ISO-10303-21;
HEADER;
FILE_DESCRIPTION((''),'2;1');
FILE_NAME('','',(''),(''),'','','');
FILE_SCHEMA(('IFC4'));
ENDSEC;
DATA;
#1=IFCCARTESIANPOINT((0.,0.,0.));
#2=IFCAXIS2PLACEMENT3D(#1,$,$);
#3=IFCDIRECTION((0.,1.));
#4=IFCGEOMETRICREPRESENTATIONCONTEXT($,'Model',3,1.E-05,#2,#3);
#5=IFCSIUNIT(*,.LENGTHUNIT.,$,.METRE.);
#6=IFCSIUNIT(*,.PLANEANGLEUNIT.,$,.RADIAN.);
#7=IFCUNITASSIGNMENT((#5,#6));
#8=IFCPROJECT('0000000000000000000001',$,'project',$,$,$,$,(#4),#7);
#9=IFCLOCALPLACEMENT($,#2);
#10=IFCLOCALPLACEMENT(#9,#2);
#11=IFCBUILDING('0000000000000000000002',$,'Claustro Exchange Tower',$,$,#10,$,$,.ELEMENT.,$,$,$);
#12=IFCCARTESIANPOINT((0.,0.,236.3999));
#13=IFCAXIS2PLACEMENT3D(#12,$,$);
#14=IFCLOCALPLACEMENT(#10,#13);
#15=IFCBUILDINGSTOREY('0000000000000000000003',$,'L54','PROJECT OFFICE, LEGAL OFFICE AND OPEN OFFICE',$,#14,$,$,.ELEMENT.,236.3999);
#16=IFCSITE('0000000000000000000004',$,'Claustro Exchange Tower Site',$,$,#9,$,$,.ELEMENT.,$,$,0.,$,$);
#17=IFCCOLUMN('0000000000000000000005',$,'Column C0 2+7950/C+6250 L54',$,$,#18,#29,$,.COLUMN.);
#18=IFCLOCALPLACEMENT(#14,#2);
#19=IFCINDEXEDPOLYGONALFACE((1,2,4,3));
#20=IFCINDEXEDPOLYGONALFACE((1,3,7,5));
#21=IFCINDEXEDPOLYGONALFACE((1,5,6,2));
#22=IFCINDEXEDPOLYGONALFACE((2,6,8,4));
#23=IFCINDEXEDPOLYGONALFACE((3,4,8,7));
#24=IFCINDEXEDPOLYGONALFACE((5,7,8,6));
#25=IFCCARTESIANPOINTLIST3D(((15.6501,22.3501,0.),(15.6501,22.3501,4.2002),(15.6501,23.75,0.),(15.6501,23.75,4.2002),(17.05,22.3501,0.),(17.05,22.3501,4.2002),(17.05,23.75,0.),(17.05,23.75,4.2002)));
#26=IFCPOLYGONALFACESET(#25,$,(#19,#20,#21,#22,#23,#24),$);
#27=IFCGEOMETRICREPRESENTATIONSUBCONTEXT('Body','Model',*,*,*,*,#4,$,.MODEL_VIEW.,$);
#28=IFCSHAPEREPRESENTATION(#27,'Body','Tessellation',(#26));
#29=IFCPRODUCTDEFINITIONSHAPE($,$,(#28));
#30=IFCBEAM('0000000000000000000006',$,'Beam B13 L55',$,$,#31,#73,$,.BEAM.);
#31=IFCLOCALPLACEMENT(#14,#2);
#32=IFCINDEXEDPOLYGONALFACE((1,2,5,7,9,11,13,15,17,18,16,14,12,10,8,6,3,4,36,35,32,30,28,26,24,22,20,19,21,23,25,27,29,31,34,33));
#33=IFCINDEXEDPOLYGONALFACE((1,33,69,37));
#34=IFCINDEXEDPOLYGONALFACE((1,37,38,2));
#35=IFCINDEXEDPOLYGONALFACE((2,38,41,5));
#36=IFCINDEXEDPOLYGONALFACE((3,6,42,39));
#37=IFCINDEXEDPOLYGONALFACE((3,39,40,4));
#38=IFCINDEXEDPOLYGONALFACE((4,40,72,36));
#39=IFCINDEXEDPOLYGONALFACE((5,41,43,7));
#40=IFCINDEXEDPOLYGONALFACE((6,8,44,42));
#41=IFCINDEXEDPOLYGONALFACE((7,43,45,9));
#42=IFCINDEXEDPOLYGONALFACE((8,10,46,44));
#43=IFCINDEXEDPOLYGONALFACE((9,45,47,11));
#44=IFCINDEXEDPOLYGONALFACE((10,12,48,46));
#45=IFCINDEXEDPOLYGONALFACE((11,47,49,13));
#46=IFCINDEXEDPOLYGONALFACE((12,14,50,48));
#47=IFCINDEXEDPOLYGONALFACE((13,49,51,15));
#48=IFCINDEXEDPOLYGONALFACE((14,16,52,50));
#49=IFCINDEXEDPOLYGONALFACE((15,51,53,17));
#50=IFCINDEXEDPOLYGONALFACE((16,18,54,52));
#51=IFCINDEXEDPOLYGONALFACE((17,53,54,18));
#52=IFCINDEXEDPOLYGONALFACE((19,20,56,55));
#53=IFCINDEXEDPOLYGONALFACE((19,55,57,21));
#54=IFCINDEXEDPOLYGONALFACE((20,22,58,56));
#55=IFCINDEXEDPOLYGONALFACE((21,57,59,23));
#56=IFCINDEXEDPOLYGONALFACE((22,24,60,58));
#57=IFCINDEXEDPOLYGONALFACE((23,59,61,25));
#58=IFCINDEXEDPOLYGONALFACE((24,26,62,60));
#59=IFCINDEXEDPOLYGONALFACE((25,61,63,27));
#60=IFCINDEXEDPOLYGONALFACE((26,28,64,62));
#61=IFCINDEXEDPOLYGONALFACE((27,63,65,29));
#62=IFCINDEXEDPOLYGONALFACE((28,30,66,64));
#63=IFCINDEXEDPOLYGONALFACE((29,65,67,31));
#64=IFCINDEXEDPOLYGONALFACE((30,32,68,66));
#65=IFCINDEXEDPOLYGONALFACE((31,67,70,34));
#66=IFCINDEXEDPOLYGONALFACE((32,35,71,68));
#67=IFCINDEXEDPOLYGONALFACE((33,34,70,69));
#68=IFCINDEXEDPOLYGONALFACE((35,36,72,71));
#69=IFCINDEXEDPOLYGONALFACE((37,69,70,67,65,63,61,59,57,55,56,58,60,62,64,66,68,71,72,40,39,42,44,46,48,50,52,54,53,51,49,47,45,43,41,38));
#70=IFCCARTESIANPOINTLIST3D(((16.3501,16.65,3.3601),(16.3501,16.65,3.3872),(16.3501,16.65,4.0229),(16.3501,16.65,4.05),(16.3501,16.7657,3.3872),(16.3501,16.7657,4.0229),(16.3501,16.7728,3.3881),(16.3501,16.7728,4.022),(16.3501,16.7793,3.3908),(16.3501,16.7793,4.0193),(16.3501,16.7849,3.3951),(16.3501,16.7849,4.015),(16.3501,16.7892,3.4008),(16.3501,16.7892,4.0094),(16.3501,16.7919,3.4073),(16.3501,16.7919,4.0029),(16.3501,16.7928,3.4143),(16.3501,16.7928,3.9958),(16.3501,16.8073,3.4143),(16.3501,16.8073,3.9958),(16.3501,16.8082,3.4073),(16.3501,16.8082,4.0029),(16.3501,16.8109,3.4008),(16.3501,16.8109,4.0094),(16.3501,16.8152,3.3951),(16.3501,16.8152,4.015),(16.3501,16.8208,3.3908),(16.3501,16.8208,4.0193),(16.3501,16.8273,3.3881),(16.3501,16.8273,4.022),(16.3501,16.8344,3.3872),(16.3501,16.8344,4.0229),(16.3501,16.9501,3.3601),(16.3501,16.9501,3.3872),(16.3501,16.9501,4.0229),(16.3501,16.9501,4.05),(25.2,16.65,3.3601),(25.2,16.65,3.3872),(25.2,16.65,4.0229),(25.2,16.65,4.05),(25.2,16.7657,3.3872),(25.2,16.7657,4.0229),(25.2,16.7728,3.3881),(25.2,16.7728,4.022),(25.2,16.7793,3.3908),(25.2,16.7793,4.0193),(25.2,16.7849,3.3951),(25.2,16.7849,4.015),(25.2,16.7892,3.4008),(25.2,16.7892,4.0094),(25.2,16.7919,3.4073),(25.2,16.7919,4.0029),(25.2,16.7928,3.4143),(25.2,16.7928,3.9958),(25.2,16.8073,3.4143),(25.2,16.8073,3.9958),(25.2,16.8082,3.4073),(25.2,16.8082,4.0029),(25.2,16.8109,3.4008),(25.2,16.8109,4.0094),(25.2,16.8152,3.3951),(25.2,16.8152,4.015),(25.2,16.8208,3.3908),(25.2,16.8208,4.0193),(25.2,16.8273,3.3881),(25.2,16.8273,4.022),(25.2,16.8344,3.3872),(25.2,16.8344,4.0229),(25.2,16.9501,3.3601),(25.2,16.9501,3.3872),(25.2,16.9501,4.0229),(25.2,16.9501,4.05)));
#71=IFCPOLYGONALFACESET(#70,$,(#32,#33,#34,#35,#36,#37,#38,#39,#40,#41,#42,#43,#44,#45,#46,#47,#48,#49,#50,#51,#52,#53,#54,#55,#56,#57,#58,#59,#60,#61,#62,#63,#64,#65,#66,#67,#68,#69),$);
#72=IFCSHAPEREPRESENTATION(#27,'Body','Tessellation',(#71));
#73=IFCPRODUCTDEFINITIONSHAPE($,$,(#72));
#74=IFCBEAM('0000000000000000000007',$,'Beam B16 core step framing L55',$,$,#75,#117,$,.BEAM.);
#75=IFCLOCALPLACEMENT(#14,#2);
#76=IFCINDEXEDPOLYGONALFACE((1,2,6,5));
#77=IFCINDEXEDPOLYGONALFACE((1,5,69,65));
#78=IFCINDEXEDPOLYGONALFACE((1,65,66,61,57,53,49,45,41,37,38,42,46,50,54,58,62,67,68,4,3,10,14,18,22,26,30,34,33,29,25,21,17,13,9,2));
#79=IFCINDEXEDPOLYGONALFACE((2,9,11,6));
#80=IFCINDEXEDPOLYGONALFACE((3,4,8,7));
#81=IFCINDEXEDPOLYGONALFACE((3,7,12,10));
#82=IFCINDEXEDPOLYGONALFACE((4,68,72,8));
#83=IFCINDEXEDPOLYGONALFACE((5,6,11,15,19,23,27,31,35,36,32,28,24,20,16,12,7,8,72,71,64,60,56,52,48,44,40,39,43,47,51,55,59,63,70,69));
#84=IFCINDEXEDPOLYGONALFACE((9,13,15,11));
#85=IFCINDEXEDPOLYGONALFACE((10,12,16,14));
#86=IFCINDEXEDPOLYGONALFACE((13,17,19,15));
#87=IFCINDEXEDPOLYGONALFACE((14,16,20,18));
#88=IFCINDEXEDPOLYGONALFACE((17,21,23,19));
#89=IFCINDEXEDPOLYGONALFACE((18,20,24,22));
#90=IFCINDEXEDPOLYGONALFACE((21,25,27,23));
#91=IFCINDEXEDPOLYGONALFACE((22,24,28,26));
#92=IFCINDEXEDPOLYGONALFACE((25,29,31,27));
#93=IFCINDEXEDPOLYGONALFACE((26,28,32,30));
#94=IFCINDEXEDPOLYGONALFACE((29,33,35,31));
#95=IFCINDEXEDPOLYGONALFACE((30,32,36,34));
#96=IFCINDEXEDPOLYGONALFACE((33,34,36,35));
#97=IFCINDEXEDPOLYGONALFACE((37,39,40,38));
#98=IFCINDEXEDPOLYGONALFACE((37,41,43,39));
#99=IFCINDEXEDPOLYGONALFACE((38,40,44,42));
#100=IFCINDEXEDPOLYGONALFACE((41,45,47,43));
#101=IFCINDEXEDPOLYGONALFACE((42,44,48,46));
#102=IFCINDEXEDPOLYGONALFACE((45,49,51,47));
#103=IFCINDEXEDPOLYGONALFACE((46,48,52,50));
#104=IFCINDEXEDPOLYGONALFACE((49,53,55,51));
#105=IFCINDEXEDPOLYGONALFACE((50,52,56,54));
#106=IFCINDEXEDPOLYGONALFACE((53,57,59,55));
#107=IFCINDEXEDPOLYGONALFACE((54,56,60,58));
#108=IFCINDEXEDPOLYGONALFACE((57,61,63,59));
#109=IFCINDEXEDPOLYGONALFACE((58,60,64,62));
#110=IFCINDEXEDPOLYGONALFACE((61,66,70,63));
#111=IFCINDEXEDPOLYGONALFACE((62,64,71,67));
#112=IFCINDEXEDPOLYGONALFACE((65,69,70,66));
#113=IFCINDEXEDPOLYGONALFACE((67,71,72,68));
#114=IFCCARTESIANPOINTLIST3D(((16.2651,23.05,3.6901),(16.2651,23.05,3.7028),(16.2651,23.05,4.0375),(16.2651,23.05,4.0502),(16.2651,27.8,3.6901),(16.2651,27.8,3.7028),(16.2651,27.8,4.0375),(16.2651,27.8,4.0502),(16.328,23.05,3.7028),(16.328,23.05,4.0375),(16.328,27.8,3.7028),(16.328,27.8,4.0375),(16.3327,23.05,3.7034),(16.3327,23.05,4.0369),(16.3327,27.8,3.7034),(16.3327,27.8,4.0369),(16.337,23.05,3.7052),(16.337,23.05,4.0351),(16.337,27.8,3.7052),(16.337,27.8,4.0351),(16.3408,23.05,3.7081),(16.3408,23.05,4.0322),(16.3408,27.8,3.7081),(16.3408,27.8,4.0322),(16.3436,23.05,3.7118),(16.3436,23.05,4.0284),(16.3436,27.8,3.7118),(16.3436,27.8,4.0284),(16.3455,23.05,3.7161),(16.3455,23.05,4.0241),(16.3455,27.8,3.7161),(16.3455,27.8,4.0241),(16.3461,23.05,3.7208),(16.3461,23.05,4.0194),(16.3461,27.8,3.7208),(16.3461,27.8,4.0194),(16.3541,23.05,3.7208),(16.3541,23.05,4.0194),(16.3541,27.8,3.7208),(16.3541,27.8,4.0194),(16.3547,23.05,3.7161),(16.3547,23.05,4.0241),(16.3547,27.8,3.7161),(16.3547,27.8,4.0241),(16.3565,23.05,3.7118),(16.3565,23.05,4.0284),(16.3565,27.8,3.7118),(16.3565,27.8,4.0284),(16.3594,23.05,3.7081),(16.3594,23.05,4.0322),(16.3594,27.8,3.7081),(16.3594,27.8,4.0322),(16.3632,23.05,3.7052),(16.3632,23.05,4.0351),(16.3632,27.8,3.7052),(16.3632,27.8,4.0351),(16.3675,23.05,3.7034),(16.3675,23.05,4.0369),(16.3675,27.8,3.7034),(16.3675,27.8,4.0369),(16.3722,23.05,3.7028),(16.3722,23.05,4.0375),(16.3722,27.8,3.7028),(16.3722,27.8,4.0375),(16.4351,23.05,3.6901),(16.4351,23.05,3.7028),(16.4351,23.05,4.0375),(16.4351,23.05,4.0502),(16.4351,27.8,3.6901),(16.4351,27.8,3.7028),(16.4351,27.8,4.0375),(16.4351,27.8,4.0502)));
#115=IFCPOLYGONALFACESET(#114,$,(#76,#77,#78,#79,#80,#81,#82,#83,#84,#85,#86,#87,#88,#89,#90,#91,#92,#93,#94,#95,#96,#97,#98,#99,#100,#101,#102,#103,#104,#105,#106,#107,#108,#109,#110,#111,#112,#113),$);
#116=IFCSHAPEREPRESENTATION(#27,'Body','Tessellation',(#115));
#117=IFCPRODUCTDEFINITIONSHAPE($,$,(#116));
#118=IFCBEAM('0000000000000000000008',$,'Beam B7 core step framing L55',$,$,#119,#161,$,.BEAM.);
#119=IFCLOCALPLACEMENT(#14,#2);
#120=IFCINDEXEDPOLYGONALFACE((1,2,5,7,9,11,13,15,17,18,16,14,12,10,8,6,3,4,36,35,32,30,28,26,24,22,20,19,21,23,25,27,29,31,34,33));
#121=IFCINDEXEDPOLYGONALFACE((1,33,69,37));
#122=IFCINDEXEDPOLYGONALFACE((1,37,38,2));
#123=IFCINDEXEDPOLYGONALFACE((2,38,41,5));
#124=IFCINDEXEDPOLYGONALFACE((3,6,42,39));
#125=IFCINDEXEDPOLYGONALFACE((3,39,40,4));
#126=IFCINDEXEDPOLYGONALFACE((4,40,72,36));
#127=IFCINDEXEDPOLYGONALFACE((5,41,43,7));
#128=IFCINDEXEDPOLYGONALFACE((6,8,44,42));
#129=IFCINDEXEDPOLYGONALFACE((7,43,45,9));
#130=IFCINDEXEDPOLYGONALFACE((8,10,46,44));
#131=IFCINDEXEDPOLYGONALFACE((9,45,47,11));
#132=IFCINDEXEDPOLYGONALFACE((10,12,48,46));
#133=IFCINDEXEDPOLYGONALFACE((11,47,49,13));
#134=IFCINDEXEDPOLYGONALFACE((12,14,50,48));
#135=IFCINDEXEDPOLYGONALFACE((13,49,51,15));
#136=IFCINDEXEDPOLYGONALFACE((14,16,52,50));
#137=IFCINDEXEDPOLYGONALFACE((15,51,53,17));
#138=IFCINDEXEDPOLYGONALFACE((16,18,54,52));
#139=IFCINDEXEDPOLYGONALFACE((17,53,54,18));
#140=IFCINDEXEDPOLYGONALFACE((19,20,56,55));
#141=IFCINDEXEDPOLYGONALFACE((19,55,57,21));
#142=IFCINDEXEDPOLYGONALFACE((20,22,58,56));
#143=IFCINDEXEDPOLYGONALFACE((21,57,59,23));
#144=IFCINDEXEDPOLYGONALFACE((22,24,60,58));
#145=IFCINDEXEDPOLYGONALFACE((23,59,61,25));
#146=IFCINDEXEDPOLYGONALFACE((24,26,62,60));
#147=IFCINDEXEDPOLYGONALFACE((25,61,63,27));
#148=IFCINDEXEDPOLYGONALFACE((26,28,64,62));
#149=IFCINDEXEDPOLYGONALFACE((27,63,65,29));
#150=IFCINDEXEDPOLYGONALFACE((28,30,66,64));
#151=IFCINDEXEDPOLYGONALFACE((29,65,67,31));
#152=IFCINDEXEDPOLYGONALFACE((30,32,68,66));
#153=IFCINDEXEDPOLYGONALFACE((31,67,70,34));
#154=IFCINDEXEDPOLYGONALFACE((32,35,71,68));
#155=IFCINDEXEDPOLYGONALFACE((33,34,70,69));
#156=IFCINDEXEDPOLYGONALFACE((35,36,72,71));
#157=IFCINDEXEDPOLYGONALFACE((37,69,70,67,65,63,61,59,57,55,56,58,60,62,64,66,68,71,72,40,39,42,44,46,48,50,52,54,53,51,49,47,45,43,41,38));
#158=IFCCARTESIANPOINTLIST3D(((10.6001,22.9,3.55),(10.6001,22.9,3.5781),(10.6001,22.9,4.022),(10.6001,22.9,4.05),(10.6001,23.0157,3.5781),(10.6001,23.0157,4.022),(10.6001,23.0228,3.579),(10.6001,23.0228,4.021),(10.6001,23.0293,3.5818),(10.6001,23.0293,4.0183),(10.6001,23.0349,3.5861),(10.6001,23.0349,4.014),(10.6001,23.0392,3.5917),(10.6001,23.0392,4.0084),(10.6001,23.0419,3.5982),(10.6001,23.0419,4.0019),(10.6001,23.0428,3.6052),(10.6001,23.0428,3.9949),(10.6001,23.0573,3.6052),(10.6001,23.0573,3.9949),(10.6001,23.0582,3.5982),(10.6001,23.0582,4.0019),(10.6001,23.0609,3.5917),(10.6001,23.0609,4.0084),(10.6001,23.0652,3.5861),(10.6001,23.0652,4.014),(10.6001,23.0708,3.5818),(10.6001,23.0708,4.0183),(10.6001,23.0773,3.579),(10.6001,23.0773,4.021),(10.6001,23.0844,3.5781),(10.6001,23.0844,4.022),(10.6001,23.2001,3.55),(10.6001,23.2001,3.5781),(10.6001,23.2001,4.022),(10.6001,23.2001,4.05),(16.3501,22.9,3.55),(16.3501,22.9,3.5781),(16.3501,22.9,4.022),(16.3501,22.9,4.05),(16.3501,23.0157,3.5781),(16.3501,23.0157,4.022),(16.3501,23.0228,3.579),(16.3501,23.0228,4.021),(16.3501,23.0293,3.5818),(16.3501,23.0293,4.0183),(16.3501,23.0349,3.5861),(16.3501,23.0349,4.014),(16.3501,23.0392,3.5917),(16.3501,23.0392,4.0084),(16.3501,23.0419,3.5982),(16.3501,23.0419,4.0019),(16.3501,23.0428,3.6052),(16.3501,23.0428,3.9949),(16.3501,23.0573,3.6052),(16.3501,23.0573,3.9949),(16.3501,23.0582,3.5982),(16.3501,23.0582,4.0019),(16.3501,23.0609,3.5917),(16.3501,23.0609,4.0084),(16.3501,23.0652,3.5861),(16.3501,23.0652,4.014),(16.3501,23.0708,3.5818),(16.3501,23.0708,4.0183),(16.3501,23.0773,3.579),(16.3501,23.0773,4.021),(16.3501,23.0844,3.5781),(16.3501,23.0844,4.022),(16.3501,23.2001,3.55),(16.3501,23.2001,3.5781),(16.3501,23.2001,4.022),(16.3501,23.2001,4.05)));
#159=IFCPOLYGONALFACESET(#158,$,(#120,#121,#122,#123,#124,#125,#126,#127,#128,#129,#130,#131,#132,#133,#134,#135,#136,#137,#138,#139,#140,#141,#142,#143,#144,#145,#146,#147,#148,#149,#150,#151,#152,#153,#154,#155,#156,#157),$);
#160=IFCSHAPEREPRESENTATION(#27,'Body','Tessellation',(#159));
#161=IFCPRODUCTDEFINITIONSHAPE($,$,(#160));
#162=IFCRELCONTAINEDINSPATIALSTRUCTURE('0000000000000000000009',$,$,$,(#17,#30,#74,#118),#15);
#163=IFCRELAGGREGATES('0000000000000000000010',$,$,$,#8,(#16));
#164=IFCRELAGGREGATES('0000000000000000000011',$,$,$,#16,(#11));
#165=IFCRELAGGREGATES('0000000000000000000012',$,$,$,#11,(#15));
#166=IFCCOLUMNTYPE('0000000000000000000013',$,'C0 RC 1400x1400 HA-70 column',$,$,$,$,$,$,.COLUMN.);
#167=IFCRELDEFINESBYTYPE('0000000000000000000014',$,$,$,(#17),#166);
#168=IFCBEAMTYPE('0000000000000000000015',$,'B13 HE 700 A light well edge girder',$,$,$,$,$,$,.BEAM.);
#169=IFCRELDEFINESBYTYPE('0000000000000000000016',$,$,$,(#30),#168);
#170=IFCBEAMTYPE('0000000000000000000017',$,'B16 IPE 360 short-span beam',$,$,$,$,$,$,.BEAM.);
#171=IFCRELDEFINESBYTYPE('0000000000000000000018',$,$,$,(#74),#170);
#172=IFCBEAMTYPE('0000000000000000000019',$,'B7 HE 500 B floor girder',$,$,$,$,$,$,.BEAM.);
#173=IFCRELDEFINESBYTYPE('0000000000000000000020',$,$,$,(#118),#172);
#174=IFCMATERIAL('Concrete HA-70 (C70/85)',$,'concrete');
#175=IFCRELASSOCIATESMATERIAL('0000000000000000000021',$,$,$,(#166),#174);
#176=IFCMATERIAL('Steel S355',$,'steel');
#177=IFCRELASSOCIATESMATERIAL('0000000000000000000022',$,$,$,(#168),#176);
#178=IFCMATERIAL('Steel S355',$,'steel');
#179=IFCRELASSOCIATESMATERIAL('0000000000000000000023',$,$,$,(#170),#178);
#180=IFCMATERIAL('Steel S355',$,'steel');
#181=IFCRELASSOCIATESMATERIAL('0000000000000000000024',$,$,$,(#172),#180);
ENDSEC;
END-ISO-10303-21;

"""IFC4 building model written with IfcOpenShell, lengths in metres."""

from ifc_helpers import new_model, si_unit, direction, frame, origin, origin_2d, place, context, subcontext, project, spatial, rectangle, i_section, extrude, material, material_profile, profile_set, type_object, element, save


model = new_model("IFC4")

# Units and contexts
model_context = context("Model", 3, precision=1e-05, world=origin(), true_north=direction((0.0, 1.0)))
body_context = subcontext(model_context, "Body", "Model", "MODEL_VIEW")
ifc_project = project(units=[si_unit("LENGTHUNIT", "METRE"), si_unit("PLANEANGLEUNIT", "RADIAN")], contexts=[model_context])

# Site, building, storey
site_placement = place(None, origin())
site = spatial("IfcSite", under=ifc_project, at=site_placement, Name="Claustro Exchange Tower Site", CompositionType="ELEMENT", RefElevation=0.0)
building_placement = place(site_placement, origin())
building = spatial("IfcBuilding", under=site, at=building_placement, Name="Claustro Exchange Tower", CompositionType="ELEMENT")
storey_placement = place(building_placement, frame((0.0, 0.0, 236.3999)))
storey = spatial("IfcBuildingStorey", under=building, at=storey_placement, Name="L54", Description="PROJECT OFFICE, LEGAL OFFICE AND OPEN OFFICE", CompositionType="ELEMENT", Elevation=236.3999)

# Column
ifc_material_1 = material(Name="Concrete HA-70 (C70/85)", Category="concrete")
ifc_material_profile_1 = material_profile(ifc_material_1, rectangle(XDim=1.3999, YDim=1.3999, at=origin_2d()), Name="RC 1400x1400")
ifc_profile_set_1 = profile_set([ifc_material_profile_1], Name="Concrete HA-70 (C70/85)")
column_type = type_object("IfcColumnType", Name="C0 RC 1400x1400 HA-70 column", PredefinedType="COLUMN", material=ifc_profile_set_1)
column_placement = place(storey_placement, frame((16.3501, 23.05, 0.0), z_axis=(0.0, 0.0, 1.0), x_axis=(1.0, 0.0, 0.0)))
element("IfcColumn", 1, at=column_placement, inside=storey, type_object=column_type, Name="Column C0 2+7950/C+6250 L54", PredefinedType="COLUMN", context=body_context, shape_type="SweptSolid", body=[
    extrude(rectangle(XDim=1.3999, YDim=1.3999, at=origin_2d()), origin(), (0.0, 0.0, 1.0), 4.2002),
])

# Beams
ifc_material_2 = material(Name="Steel S355", Category="steel")
ifc_material_profile_2 = material_profile(ifc_material_2, i_section(OverallWidth=0.3, OverallDepth=0.6899, WebThickness=0.0144, FlangeThickness=0.0271, FilletRadius=0.0271, at=origin_2d()), Name="HE 700 A")
ifc_profile_set_2 = profile_set([ifc_material_profile_2], Name="Steel S355")
beam_type_1 = type_object("IfcBeamType", Name="B13 HE 700 A light well edge girder", PredefinedType="BEAM", material=ifc_profile_set_2)
beam_1_placement = place(storey_placement, frame((16.3501, 16.8, 3.7051), z_axis=(1.0, 0.0, 0.0), x_axis=(0.0, 1.0, 0.0)))
element("IfcBeam", 2, at=beam_1_placement, inside=storey, type_object=beam_type_1, Name="Beam B13 L55", PredefinedType="BEAM", context=body_context, shape_type="SweptSolid", body=[
    extrude(i_section(OverallWidth=0.3, OverallDepth=0.6899, WebThickness=0.0144, FlangeThickness=0.0271, FilletRadius=0.0271, at=origin_2d()), origin(), (0.0, 0.0, 1.0), 8.8499),
])
ifc_material_3 = material(Name="Steel S355", Category="steel")
ifc_material_profile_3 = material_profile(ifc_material_3, i_section(OverallWidth=0.1699, OverallDepth=0.3601, WebThickness=0.0081, FlangeThickness=0.0127, FilletRadius=0.0181, at=origin_2d()), Name="IPE 360")
ifc_profile_set_3 = profile_set([ifc_material_profile_3], Name="Steel S355")
beam_type_2 = type_object("IfcBeamType", Name="B16 IPE 360 short-span beam", PredefinedType="BEAM", material=ifc_profile_set_3)
beam_2_placement = place(storey_placement, frame((16.3501, 23.05, 3.8701), z_axis=(0.0, 1.0, 0.0), x_axis=(-1.0, 0.0, 0.0)))
element("IfcBeam", 3, at=beam_2_placement, inside=storey, type_object=beam_type_2, Name="Beam B16 core step framing L55", PredefinedType="BEAM", context=body_context, shape_type="SweptSolid", body=[
    extrude(i_section(OverallWidth=0.1699, OverallDepth=0.3601, WebThickness=0.0081, FlangeThickness=0.0127, FilletRadius=0.0181, at=origin_2d()), origin(), (0.0, 0.0, 1.0), 4.75),
])
ifc_material_4 = material(Name="Steel S355", Category="steel")
ifc_material_profile_4 = material_profile(ifc_material_4, i_section(OverallWidth=0.3, OverallDepth=0.5, WebThickness=0.0144, FlangeThickness=0.0281, FilletRadius=0.0271, at=origin_2d()), Name="HE 500 B")
ifc_profile_set_4 = profile_set([ifc_material_profile_4], Name="Steel S355")
beam_type_3 = type_object("IfcBeamType", Name="B7 HE 500 B floor girder", PredefinedType="BEAM", material=ifc_profile_set_4)
beam_3_placement = place(storey_placement, frame((10.6001, 23.05, 3.8), z_axis=(1.0, 0.0, 0.0), x_axis=(0.0, 1.0, 0.0)))
element("IfcBeam", 4, at=beam_3_placement, inside=storey, type_object=beam_type_3, Name="Beam B7 core step framing L55", PredefinedType="BEAM", context=body_context, shape_type="SweptSolid", body=[
    extrude(i_section(OverallWidth=0.3, OverallDepth=0.5, WebThickness=0.0144, FlangeThickness=0.0281, FilletRadius=0.0271, at=origin_2d()), origin(), (0.0, 0.0, 1.0), 5.75),
])

save(model, "model.ifc")
